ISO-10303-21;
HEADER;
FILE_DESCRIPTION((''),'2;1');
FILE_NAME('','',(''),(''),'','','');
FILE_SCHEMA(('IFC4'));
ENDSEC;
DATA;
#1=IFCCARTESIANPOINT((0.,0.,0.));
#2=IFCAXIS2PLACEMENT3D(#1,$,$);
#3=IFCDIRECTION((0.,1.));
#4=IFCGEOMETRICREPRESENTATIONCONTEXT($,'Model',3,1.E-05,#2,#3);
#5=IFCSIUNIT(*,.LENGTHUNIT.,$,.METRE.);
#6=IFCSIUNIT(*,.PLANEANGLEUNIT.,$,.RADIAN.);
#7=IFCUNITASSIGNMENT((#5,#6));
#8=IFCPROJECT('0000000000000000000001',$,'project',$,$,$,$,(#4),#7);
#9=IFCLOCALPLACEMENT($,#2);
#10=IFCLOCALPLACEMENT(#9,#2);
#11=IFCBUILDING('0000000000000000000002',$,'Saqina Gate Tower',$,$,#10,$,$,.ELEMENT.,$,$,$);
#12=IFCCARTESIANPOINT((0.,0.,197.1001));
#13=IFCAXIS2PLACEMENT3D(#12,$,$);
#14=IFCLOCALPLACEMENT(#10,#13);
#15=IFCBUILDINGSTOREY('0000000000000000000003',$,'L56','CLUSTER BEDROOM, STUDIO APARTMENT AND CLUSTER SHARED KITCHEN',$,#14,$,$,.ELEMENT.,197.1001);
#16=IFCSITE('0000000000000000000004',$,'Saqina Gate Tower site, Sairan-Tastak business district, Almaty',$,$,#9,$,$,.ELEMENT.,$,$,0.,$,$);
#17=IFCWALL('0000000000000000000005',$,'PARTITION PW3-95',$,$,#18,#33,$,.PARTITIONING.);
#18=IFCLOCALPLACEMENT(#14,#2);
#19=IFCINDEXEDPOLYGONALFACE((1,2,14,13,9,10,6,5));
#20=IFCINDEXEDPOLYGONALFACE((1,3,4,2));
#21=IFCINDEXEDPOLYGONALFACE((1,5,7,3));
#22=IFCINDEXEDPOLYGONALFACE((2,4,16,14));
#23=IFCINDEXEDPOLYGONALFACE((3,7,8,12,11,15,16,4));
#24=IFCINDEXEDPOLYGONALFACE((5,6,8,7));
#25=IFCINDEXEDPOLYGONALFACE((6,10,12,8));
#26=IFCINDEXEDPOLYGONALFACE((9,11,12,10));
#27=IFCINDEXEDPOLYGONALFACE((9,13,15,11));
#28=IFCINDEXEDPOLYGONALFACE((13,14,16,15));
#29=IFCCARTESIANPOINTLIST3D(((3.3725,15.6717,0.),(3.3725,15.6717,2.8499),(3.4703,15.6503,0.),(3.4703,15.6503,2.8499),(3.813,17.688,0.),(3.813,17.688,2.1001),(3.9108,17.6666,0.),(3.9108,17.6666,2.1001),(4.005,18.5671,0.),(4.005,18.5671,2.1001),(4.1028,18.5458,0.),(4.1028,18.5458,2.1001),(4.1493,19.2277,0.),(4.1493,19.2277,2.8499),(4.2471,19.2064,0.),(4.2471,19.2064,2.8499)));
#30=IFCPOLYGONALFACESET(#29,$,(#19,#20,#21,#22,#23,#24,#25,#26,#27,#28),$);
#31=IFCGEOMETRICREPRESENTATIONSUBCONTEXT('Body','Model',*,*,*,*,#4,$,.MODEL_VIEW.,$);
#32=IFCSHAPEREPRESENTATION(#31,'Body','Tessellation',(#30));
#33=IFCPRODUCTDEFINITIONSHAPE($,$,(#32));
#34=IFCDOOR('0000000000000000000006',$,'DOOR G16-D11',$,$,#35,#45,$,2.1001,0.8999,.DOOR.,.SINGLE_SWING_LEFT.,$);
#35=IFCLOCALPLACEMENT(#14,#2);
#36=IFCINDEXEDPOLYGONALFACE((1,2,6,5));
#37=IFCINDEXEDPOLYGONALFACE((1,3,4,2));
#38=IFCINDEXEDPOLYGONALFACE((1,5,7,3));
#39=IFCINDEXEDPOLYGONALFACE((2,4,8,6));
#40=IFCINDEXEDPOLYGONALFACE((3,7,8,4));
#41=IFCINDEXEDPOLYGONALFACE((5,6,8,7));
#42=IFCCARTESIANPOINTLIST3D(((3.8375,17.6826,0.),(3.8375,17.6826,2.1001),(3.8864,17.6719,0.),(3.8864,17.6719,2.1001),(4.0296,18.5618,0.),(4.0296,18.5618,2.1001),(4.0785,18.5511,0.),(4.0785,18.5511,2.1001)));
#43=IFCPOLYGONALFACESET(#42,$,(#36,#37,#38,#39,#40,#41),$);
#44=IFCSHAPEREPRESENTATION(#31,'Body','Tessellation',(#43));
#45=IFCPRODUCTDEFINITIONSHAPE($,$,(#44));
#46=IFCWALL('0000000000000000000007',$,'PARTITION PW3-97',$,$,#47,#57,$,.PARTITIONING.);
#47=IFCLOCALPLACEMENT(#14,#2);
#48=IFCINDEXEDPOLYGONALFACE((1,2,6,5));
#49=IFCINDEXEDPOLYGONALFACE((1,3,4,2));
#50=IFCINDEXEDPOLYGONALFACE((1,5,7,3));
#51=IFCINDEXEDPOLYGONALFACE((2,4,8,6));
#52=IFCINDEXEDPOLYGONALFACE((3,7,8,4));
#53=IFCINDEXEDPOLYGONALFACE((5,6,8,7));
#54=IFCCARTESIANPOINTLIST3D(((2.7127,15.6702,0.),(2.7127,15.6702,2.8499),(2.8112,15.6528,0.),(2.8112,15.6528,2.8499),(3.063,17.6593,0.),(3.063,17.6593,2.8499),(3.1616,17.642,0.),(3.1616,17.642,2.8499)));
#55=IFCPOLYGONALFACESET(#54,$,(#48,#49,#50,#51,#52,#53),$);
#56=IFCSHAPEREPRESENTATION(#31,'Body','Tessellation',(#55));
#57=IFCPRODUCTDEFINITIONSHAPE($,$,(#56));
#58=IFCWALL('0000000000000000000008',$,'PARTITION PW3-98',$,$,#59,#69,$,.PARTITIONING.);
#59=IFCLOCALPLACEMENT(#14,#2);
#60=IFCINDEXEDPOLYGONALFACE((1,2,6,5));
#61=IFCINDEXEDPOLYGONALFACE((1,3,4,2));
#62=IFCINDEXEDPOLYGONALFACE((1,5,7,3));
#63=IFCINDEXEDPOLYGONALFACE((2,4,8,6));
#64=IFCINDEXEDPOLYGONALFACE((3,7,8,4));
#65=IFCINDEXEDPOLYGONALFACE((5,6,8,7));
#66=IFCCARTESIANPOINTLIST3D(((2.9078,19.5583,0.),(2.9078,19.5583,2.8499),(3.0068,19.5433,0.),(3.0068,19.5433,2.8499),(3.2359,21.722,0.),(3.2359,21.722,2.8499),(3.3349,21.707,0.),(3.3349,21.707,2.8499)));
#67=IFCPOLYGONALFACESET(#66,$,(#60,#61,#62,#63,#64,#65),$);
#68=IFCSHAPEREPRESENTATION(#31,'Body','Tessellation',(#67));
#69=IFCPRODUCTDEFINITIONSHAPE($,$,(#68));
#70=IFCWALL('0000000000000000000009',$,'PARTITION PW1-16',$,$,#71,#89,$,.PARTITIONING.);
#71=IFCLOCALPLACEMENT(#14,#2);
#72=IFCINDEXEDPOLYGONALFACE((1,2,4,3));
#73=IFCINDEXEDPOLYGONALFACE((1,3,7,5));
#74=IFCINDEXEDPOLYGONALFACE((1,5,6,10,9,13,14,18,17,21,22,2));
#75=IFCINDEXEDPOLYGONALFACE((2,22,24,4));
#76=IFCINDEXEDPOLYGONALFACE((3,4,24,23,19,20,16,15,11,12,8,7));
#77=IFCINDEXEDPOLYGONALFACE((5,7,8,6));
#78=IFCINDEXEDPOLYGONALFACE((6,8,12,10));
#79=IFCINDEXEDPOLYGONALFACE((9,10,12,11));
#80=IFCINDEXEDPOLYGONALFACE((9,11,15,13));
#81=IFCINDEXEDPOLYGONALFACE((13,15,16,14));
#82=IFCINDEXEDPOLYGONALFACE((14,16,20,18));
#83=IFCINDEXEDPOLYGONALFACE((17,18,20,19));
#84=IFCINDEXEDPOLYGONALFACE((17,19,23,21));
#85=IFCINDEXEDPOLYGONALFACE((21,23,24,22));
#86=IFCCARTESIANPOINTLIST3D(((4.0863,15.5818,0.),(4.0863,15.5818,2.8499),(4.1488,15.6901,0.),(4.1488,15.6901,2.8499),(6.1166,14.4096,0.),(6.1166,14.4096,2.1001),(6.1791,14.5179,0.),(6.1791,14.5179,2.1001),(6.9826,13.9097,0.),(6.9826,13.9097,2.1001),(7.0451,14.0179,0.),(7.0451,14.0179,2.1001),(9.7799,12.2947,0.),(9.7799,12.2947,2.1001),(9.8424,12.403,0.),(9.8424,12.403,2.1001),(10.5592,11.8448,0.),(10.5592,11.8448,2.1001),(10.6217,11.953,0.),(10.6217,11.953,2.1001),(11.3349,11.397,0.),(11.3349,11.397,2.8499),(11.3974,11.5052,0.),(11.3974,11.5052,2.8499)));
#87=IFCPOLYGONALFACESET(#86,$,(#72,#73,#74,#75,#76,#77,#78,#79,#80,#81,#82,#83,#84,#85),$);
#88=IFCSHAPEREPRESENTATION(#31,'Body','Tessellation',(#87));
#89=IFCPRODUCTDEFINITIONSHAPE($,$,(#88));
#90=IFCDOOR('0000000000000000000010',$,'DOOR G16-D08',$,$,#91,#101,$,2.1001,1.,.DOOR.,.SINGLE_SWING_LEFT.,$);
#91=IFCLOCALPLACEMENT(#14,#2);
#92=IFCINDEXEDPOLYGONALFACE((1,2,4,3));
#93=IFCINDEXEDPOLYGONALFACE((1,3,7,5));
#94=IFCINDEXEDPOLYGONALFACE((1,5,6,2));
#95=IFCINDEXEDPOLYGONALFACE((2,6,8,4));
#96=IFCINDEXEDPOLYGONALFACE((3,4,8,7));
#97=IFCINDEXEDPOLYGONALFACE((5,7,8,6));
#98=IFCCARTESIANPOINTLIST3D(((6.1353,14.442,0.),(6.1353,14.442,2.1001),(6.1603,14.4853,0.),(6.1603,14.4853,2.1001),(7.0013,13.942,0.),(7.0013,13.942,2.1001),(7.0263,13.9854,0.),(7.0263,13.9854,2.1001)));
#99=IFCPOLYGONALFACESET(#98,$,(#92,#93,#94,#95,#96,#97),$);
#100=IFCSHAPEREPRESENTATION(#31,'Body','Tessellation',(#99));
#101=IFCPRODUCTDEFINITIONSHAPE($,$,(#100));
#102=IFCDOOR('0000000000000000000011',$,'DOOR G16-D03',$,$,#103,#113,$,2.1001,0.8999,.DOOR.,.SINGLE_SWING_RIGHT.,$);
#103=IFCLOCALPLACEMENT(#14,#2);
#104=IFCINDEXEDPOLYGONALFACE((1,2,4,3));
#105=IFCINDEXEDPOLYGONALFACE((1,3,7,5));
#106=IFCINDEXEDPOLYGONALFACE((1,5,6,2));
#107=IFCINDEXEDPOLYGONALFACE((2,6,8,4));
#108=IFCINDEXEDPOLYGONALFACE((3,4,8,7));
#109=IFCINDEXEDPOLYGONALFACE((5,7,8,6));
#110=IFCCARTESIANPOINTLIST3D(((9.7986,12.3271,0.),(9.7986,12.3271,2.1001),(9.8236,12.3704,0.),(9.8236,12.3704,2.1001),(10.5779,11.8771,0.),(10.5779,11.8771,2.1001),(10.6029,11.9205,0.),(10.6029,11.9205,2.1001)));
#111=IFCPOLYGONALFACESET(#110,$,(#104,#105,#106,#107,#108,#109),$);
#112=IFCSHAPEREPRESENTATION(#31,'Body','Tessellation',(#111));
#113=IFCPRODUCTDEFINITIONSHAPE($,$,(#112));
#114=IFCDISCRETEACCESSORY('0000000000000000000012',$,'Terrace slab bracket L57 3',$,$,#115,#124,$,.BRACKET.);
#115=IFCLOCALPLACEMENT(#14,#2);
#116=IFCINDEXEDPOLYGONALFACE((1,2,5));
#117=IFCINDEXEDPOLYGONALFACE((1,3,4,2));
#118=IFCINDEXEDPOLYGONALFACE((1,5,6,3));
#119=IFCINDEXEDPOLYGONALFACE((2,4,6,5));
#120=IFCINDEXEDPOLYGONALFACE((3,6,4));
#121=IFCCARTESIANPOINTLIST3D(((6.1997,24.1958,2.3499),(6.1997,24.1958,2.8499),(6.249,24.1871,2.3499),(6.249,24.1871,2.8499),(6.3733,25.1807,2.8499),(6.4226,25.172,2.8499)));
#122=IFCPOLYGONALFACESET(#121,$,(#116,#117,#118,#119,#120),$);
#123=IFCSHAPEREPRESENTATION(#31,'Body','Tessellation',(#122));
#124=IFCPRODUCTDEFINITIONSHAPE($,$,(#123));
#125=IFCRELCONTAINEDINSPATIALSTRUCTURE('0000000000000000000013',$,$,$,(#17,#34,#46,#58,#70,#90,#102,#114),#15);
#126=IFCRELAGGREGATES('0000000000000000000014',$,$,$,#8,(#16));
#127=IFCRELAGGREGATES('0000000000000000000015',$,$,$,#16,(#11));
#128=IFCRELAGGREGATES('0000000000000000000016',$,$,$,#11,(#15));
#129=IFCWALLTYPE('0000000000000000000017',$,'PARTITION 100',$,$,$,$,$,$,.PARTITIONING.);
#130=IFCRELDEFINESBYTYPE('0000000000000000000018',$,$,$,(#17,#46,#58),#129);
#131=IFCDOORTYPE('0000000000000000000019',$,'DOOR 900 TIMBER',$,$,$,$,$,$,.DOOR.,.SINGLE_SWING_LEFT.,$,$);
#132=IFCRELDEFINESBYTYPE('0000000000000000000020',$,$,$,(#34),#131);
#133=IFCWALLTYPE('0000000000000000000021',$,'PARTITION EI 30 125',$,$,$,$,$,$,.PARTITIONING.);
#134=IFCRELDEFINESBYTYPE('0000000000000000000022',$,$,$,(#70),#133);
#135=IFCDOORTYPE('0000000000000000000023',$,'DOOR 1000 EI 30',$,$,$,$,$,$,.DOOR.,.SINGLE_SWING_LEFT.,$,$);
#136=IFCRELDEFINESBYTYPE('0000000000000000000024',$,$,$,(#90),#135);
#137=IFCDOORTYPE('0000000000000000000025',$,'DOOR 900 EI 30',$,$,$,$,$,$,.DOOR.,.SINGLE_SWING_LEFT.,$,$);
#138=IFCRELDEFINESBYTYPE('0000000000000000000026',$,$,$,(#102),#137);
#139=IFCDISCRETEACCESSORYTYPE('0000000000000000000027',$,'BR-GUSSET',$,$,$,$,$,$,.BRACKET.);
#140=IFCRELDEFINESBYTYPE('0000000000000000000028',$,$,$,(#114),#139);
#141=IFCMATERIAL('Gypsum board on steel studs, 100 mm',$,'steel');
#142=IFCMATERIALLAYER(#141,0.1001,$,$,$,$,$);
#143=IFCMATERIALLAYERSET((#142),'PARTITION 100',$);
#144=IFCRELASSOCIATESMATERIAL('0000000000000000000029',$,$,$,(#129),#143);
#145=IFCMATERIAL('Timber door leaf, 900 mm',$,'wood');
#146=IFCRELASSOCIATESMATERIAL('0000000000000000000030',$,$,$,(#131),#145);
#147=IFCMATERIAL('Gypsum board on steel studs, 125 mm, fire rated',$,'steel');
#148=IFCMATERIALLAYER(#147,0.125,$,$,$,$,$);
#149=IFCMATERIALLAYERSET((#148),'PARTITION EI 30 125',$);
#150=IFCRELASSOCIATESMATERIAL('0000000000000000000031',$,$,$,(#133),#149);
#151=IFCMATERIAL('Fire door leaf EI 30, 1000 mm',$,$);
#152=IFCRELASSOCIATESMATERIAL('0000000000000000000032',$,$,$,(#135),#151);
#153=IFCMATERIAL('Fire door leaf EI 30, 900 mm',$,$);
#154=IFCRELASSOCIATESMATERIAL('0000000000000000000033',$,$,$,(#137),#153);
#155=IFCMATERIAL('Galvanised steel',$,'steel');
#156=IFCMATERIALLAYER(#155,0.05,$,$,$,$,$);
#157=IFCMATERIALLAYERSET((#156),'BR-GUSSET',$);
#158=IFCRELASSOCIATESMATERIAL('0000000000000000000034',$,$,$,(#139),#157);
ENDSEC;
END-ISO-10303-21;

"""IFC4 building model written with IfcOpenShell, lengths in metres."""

from ifc_helpers import new_model, si_unit, direction, frame, frame_2d, origin, place, context, subcontext, project, spatial, polyline, rectangle, outline, extrude, material, layer, layer_set, type_object, element, fill, save


model = new_model("IFC4")

# Units and contexts
model_context = context("Model", 3, precision=1e-05, world=origin(), true_north=direction((0.0, 1.0)))
body_context = subcontext(model_context, "Body", "Model", "MODEL_VIEW")
ifc_project = project(units=[si_unit("LENGTHUNIT", "METRE"), si_unit("PLANEANGLEUNIT", "RADIAN")], contexts=[model_context])

# Site, building, storey
site_placement = place(None, origin())
site = spatial("IfcSite", under=ifc_project, at=site_placement, Name="Saqina Gate Tower site, Sairan-Tastak business district, Almaty", CompositionType="ELEMENT", RefElevation=0.0)
building_placement = place(site_placement, origin())
building = spatial("IfcBuilding", under=site, at=building_placement, Name="Saqina Gate Tower", CompositionType="ELEMENT")
storey_placement = place(building_placement, frame((0.0, 0.0, 197.1001)))
storey = spatial("IfcBuildingStorey", under=building, at=storey_placement, Name="L56", Description="CLUSTER BEDROOM, STUDIO APARTMENT AND CLUSTER SHARED KITCHEN", CompositionType="ELEMENT", Elevation=197.1001)

# Shared definitions
ifc_material_1 = material(Name="Gypsum board on steel studs, 100 mm", Category="steel")
ifc_layer_1 = layer(ifc_material_1, 0.1001)
ifc_layer_set_1 = layer_set([ifc_layer_1], Name="PARTITION 100")
wall_type_1 = type_object("IfcWallType", Name="PARTITION 100", PredefinedType="PARTITIONING", material=ifc_layer_set_1)

# Wall, opening, door
wall_1_placement = place(storey_placement, frame((3.4214, 15.6611, 0.0), z_axis=(0.0, 0.0, 1.0), x_axis=(0.213435, 0.976957, 0.0)))
wall_1 = element("IfcWall", 1, at=wall_1_placement, inside=storey, type_object=wall_type_1, Name="PARTITION PW3-95", PredefinedType="PARTITIONING", context=body_context, shape_type="SweptSolid", body=[
    extrude(rectangle(XDim=3.6399, YDim=0.1001, at=frame_2d((1.8198, 0.0))), origin(), (0.0, 0.0, 1.0), 2.8499),
])
opening_1_placement = place(wall_1_placement, frame((2.0637, 0.0, 0.0)))
opening_1 = element("IfcOpeningElement", 2, at=opening_1_placement, cuts=wall_1, PredefinedType="OPENING", context=body_context, shape_type="SweptSolid", body=[
    extrude(rectangle(XDim=0.8999, YDim=2.1001, at=frame_2d((0.45, 1.05))), frame((0.0, 0.062, 0.0), z_axis=(0.0, -1.0, 0.0), x_axis=(1.0, 0.0, 0.0)), (0.0, 0.0, 1.0), 0.124),
])
ifc_material_2 = material(Name="Timber door leaf, 900 mm", Category="wood")
door_type_1 = type_object("IfcDoorType", Name="DOOR 900 TIMBER", OperationType="SINGLE_SWING_LEFT", PredefinedType="DOOR", material=ifc_material_2)
door_1_placement = place(opening_1_placement, origin())
door_1 = element("IfcDoor", 3, at=door_1_placement, inside=storey, type_object=door_type_1, Name="DOOR G16-D11", OperationType="SINGLE_SWING_LEFT", OverallHeight=2.1001, OverallWidth=0.8999, PredefinedType="DOOR", context=body_context, shape_type="SweptSolid", body=[
    extrude(rectangle(XDim=0.8999, YDim=2.1001, at=frame_2d((0.45, 1.05))), frame((0.0, 0.0249, 0.0), z_axis=(0.0, -1.0, 0.0), x_axis=(1.0, 0.0, 0.0)), (0.0, 0.0, 1.0), 0.05),
])
fill(opening_1, door_1)

# Walls
wall_2_placement = place(storey_placement, frame((2.762, 15.6616, 0.0), z_axis=(0.0, 0.0, 1.0), x_axis=(0.173447, 0.984843, 0.0)))
element("IfcWall", 4, at=wall_2_placement, inside=storey, type_object=wall_type_1, Name="PARTITION PW3-97", PredefinedType="PARTITIONING", context=body_context, shape_type="SweptSolid", body=[
    extrude(rectangle(XDim=2.0198, YDim=0.1001, at=frame_2d((1.0098, 0.0))), origin(), (0.0, 0.0, 1.0), 2.8499),
])
wall_3_placement = place(storey_placement, frame((2.9573, 19.5508, 0.0), z_axis=(0.0, 0.0, 1.0), x_axis=(0.149928, 0.988697, 0.0)))
element("IfcWall", 5, at=wall_3_placement, inside=storey, type_object=wall_type_1, Name="PARTITION PW3-98", PredefinedType="PARTITIONING", context=body_context, shape_type="SweptSolid", body=[
    extrude(rectangle(XDim=2.1885, YDim=0.1001, at=frame_2d((1.0942, 0.0))), origin(), (0.0, 0.0, 1.0), 2.8499),
])

# Wall, openings, doors
ifc_material_3 = material(Name="Gypsum board on steel studs, 125 mm, fire rated", Category="steel")
ifc_layer_2 = layer(ifc_material_3, 0.125)
ifc_layer_set_2 = layer_set([ifc_layer_2], Name="PARTITION EI 30 125")
wall_type_2 = type_object("IfcWallType", Name="PARTITION EI 30 125", PredefinedType="PARTITIONING", material=ifc_layer_set_2)
wall_4_placement = place(storey_placement, frame((4.1174, 15.636, 0.0), z_axis=(0.0, 0.0, 1.0), x_axis=(0.866032, -0.499988, 0.0)))
wall_4 = element("IfcWall", 6, at=wall_4_placement, inside=storey, type_object=wall_type_2, Name="PARTITION PW1-16", PredefinedType="PARTITIONING", context=body_context, shape_type="SweptSolid", body=[
    extrude(rectangle(XDim=8.3699, YDim=0.125, at=frame_2d((4.1851, 0.0))), origin(), (0.0, 0.0, 1.0), 2.8499),
])
opening_2_placement = place(wall_4_placement, frame((6.5745, 0.0, 0.0)))
opening_2 = element("IfcOpeningElement", 7, at=opening_2_placement, cuts=wall_4, PredefinedType="OPENING", context=body_context, shape_type="SweptSolid", body=[
    extrude(rectangle(XDim=0.8999, YDim=2.1001, at=frame_2d((0.45, 1.05))), frame((0.0, 0.0745, 0.0), z_axis=(0.0, -1.0, 0.0), x_axis=(1.0, 0.0, 0.0)), (0.0, 0.0, 1.0), 0.1489),
])
opening_3_placement = place(wall_4_placement, frame((2.3445, 0.0, 0.0)))
opening_3 = element("IfcOpeningElement", 8, at=opening_3_placement, cuts=wall_4, PredefinedType="OPENING", context=body_context, shape_type="SweptSolid", body=[
    extrude(rectangle(XDim=1.0, YDim=2.1001, at=frame_2d((0.5, 1.05))), frame((0.0, 0.0745, 0.0), z_axis=(0.0, -1.0, 0.0), x_axis=(1.0, 0.0, 0.0)), (0.0, 0.0, 1.0), 0.1489),
])
ifc_material_4 = material(Name="Fire door leaf EI 30, 1000 mm")
door_type_2 = type_object("IfcDoorType", Name="DOOR 1000 EI 30", OperationType="SINGLE_SWING_LEFT", PredefinedType="DOOR", material=ifc_material_4)
door_2_placement = place(opening_3_placement, origin())
door_2 = element("IfcDoor", 9, at=door_2_placement, inside=storey, type_object=door_type_2, Name="DOOR G16-D08", OperationType="SINGLE_SWING_LEFT", OverallHeight=2.1001, OverallWidth=1.0, PredefinedType="DOOR", context=body_context, shape_type="SweptSolid", body=[
    extrude(rectangle(XDim=1.0, YDim=2.1001, at=frame_2d((0.5, 1.05))), frame((0.0, 0.0249, 0.0), z_axis=(0.0, -1.0, 0.0), x_axis=(1.0, 0.0, 0.0)), (0.0, 0.0, 1.0), 0.05),
])
fill(opening_3, door_2)
ifc_material_5 = material(Name="Fire door leaf EI 30, 900 mm")
door_type_3 = type_object("IfcDoorType", Name="DOOR 900 EI 30", OperationType="SINGLE_SWING_LEFT", PredefinedType="DOOR", material=ifc_material_5)
door_3_placement = place(opening_2_placement, origin())
door_3 = element("IfcDoor", 10, at=door_3_placement, inside=storey, type_object=door_type_3, Name="DOOR G16-D03", OperationType="SINGLE_SWING_RIGHT", OverallHeight=2.1001, OverallWidth=0.8999, PredefinedType="DOOR", context=body_context, shape_type="SweptSolid", body=[
    extrude(rectangle(XDim=0.8999, YDim=2.1001, at=frame_2d((0.45, 1.05))), frame((0.0, 0.0249, 0.0), z_axis=(0.0, -1.0, 0.0), x_axis=(1.0, 0.0, 0.0)), (0.0, 0.0, 1.0), 0.05),
])
fill(opening_2, door_3)

# Discrete accessory
ifc_material_6 = material(Name="Galvanised steel", Category="steel")
ifc_layer_3 = layer(ifc_material_6, 0.05)
ifc_layer_set_3 = layer_set([ifc_layer_3], Name="BR-GUSSET")
discrete_accessory_type = type_object("IfcDiscreteAccessoryType", Name="BR-GUSSET", PredefinedType="BRACKET", material=ifc_layer_set_3)
discrete_accessory_placement = place(storey_placement, frame((6.1997, 24.1958, 2.3499), z_axis=(-0.98482, 0.173576, 0.0), x_axis=(0.0, 0.0, 1.0)))
element("IfcDiscreteAccessory", 11, at=discrete_accessory_placement, inside=storey, type_object=discrete_accessory_type, Name="Terrace slab bracket L57 3", PredefinedType="BRACKET", context=body_context, shape_type="SweptSolid", body=[
    extrude(outline(polyline([(0.0, 0.0), (0.5, 0.0), (0.5, 1.0), (0.0, 0.0)])), origin(), (0.0, 0.0, -1.0), 0.05),
])

save(model, "model.ifc")
